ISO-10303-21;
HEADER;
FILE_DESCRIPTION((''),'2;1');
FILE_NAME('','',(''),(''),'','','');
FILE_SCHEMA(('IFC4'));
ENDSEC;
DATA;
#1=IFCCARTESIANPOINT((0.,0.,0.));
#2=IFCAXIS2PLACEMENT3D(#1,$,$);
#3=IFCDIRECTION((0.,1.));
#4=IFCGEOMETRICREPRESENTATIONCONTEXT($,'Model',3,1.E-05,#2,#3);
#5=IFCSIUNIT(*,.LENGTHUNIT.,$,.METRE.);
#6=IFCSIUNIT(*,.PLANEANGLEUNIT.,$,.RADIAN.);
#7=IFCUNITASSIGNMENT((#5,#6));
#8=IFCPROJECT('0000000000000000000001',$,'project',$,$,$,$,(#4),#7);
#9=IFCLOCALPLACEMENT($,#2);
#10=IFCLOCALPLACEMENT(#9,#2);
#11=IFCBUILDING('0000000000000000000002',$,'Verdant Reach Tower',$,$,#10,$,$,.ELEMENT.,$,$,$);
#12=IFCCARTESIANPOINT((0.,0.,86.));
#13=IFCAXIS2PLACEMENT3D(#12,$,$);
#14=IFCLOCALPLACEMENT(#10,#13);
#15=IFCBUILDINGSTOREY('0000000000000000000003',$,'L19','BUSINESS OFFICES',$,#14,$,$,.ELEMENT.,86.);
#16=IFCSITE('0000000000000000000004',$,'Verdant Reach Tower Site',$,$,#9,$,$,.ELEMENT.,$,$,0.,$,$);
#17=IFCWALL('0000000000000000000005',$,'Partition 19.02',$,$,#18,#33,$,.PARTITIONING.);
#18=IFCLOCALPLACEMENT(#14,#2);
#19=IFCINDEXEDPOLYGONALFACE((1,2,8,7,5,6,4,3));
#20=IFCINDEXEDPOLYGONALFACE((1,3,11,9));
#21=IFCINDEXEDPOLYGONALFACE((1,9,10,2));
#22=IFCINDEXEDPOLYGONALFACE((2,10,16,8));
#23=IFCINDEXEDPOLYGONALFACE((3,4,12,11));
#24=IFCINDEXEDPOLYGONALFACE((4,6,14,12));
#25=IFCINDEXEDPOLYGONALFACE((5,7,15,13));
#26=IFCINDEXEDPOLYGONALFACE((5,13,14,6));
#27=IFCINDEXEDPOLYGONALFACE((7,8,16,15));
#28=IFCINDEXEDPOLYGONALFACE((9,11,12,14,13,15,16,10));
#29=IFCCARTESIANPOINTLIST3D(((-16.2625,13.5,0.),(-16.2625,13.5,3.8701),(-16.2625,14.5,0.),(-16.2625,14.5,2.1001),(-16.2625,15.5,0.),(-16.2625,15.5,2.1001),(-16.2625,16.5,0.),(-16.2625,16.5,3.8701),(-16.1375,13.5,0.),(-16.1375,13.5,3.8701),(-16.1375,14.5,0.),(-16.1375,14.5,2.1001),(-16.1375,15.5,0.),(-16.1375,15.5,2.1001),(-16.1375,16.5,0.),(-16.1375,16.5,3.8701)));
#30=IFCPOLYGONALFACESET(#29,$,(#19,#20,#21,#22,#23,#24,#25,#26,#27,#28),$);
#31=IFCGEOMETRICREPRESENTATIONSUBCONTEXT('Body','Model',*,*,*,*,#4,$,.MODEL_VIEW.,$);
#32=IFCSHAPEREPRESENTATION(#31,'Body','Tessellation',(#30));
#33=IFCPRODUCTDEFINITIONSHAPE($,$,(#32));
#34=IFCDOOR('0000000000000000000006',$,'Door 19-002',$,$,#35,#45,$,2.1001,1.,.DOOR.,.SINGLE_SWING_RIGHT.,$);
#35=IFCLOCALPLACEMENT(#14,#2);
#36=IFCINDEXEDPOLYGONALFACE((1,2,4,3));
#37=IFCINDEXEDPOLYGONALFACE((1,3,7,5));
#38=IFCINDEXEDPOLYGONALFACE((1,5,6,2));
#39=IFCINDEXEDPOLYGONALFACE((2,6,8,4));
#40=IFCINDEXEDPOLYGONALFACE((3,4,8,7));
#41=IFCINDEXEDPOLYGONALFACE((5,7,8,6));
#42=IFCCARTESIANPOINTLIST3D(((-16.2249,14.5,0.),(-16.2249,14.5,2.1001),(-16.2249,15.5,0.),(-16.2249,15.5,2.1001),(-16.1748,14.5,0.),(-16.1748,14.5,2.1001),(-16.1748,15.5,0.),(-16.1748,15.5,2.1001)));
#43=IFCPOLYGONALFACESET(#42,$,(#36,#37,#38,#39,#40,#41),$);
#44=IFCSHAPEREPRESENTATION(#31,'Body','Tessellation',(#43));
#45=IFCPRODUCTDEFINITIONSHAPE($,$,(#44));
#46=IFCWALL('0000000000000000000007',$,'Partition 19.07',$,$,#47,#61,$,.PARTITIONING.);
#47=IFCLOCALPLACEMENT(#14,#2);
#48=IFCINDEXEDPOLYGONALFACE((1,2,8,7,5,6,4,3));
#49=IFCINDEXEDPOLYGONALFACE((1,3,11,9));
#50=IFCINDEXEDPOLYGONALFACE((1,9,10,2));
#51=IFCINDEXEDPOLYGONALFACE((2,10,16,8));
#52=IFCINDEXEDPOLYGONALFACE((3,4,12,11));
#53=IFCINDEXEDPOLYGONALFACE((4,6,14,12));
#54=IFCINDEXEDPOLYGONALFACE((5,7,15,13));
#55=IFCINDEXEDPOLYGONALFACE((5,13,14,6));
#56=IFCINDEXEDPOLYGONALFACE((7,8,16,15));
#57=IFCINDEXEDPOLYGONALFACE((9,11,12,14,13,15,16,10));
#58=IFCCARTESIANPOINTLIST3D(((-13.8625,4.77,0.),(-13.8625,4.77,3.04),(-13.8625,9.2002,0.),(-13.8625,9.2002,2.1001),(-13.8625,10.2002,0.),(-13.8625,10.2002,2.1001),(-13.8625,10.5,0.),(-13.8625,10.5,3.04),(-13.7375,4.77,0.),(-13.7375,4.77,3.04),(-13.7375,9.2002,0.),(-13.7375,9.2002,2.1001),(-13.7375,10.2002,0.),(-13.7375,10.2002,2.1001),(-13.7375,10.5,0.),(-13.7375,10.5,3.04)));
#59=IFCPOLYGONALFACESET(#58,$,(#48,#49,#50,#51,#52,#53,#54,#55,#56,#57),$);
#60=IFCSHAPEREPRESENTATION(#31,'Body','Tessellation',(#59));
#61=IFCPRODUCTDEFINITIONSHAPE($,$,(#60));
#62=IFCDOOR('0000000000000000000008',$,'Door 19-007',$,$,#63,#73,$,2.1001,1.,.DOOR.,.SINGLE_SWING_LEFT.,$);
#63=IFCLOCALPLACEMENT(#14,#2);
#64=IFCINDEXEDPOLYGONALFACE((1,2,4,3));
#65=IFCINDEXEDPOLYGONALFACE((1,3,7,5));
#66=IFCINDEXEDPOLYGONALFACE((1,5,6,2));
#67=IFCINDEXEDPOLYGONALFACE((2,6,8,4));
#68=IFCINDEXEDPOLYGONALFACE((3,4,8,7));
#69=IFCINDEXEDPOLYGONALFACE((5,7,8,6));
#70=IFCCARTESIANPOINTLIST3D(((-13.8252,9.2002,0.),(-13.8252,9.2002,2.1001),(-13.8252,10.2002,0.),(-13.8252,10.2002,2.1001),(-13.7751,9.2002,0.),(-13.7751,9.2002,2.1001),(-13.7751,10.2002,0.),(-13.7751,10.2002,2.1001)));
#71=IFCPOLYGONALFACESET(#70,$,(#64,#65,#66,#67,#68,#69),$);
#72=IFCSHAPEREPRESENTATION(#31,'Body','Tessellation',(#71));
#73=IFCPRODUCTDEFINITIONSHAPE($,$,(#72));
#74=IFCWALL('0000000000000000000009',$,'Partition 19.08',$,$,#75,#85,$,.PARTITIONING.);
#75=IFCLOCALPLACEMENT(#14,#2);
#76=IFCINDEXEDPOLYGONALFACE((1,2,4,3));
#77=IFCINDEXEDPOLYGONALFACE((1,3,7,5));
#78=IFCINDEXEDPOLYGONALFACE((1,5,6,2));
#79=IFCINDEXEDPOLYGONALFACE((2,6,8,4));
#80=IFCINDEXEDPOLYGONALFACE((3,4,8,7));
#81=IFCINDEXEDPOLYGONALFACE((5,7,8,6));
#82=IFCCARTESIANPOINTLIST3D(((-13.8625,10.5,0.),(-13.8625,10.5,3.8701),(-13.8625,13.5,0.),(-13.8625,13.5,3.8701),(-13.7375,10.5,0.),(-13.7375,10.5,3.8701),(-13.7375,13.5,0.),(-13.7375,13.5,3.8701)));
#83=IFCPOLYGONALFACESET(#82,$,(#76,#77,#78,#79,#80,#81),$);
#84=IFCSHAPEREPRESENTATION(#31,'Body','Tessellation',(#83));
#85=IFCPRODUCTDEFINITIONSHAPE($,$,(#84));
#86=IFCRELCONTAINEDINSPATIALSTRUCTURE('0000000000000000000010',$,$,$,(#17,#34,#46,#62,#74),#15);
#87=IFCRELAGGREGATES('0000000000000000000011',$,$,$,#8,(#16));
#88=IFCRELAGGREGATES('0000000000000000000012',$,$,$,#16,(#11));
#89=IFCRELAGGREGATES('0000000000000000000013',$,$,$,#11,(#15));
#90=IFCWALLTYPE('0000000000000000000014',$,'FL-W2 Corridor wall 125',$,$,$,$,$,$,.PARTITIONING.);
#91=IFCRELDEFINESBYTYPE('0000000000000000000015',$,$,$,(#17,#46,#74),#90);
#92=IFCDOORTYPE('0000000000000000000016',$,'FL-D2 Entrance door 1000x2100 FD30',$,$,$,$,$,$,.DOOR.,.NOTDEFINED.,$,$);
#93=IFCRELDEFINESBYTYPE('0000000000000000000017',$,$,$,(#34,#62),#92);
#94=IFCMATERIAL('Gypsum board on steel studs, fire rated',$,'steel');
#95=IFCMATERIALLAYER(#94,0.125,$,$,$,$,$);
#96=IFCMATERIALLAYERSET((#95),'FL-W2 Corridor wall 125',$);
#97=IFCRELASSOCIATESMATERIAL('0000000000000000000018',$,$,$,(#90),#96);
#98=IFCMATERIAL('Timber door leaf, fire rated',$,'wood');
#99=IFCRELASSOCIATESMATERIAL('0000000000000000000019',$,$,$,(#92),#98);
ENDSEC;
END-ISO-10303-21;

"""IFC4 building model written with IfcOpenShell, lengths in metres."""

from ifc_helpers import new_model, si_unit, direction, frame, frame_2d, origin, place, context, subcontext, project, spatial, rectangle, extrude, material, layer, layer_set, type_object, element, fill, save


model = new_model("IFC4")

# Units and contexts
model_context = context("Model", 3, precision=1e-05, world=origin(), true_north=direction((0.0, 1.0)))
body_context = subcontext(model_context, "Body", "Model", "MODEL_VIEW")
ifc_project = project(units=[si_unit("LENGTHUNIT", "METRE"), si_unit("PLANEANGLEUNIT", "RADIAN")], contexts=[model_context])

# Site, building, storey
site_placement = place(None, origin())
site = spatial("IfcSite", under=ifc_project, at=site_placement, Name="Verdant Reach Tower Site", CompositionType="ELEMENT", RefElevation=0.0)
building_placement = place(site_placement, origin())
building = spatial("IfcBuilding", under=site, at=building_placement, Name="Verdant Reach Tower", CompositionType="ELEMENT")
storey_placement = place(building_placement, frame((0.0, 0.0, 86.0)))
storey = spatial("IfcBuildingStorey", under=building, at=storey_placement, Name="L19", Description="BUSINESS OFFICES", CompositionType="ELEMENT", Elevation=86.0)

# Walls, openings, doors
ifc_material_1 = material(Name="Gypsum board on steel studs, fire rated", Category="steel")
ifc_layer_1 = layer(ifc_material_1, 0.125)
ifc_layer_set_1 = layer_set([ifc_layer_1], Name="FL-W2 Corridor wall 125")
wall_type_1 = type_object("IfcWallType", Name="FL-W2 Corridor wall 125", PredefinedType="PARTITIONING", material=ifc_layer_set_1)
ifc_material_2 = material(Name="Timber door leaf, fire rated", Category="wood")
door_type_1 = type_object("IfcDoorType", Name="FL-D2 Entrance door 1000x2100 FD30", OperationType="NOTDEFINED", PredefinedType="DOOR", material=ifc_material_2)
wall_1_placement = place(storey_placement, frame((-16.2, 13.5, 0.0), z_axis=(0.0, 0.0, 1.0), x_axis=(0.0, 1.0, 0.0)))
wall_1 = element("IfcWall", 1, at=wall_1_placement, inside=storey, type_object=wall_type_1, Name="Partition 19.02", PredefinedType="PARTITIONING", context=body_context, shape_type="SweptSolid", body=[
    extrude(rectangle(XDim=3.0, YDim=0.125, at=frame_2d((1.5, 0.0))), origin(), (0.0, 0.0, 1.0), 3.8701),
])
opening_1_placement = place(wall_1_placement, frame((1.0, 0.0, 0.0)))
opening_1 = element("IfcOpeningElement", 2, at=opening_1_placement, cuts=wall_1, PredefinedType="OPENING", context=body_context, shape_type="SweptSolid", body=[
    extrude(rectangle(XDim=1.0, YDim=2.1001, at=frame_2d((0.5, 1.05))), frame((0.0, 0.0725, 0.0), z_axis=(0.0, -1.0, 0.0), x_axis=(1.0, 0.0, 0.0)), (0.0, 0.0, 1.0), 0.145),
])
door_1_placement = place(opening_1_placement, origin())
door_1 = element("IfcDoor", 3, at=door_1_placement, inside=storey, type_object=door_type_1, Name="Door 19-002", OperationType="SINGLE_SWING_RIGHT", OverallHeight=2.1001, OverallWidth=1.0, PredefinedType="DOOR", context=body_context, shape_type="SweptSolid", body=[
    extrude(rectangle(XDim=1.0, YDim=2.1001, at=frame_2d((0.5, 1.05))), frame((0.0, 0.0249, 0.0), z_axis=(0.0, -1.0, 0.0), x_axis=(1.0, 0.0, 0.0)), (0.0, 0.0, 1.0), 0.05),
])
fill(opening_1, door_1)
wall_2_placement = place(storey_placement, frame((-13.8, 10.5, 0.0), z_axis=(0.0, 0.0, 1.0), x_axis=(0.0, -1.0, 0.0)))
wall_2 = element("IfcWall", 4, at=wall_2_placement, inside=storey, type_object=wall_type_1, Name="Partition 19.07", PredefinedType="PARTITIONING", context=body_context, shape_type="SweptSolid", body=[
    extrude(rectangle(XDim=5.73, YDim=0.125, at=frame_2d((2.865, 0.0))), origin(), (0.0, 0.0, 1.0), 3.04),
])
opening_2_placement = place(wall_2_placement, frame((0.2998, 0.0, 0.0)))
opening_2 = element("IfcOpeningElement", 5, at=opening_2_placement, cuts=wall_2, PredefinedType="OPENING", context=body_context, shape_type="SweptSolid", body=[
    extrude(rectangle(XDim=1.0, YDim=2.1001, at=frame_2d((0.5, 1.05))), frame((0.0, 0.0725, 0.0), z_axis=(0.0, -1.0, 0.0), x_axis=(1.0, 0.0, 0.0)), (0.0, 0.0, 1.0), 0.145),
])
door_2_placement = place(opening_2_placement, origin())
door_2 = element("IfcDoor", 6, at=door_2_placement, inside=storey, type_object=door_type_1, Name="Door 19-007", OperationType="SINGLE_SWING_LEFT", OverallHeight=2.1001, OverallWidth=1.0, PredefinedType="DOOR", context=body_context, shape_type="SweptSolid", body=[
    extrude(rectangle(XDim=1.0, YDim=2.1001, at=frame_2d((0.5, 1.05))), frame((0.0, 0.0249, 0.0), z_axis=(0.0, -1.0, 0.0), x_axis=(1.0, 0.0, 0.0)), (0.0, 0.0, 1.0), 0.05),
])
fill(opening_2, door_2)

# Wall
wall_3_placement = place(storey_placement, frame((-13.8, 10.5, 0.0), z_axis=(0.0, 0.0, 1.0), x_axis=(0.0, 1.0, 0.0)))
element("IfcWall", 7, at=wall_3_placement, inside=storey, type_object=wall_type_1, Name="Partition 19.08", PredefinedType="PARTITIONING", context=body_context, shape_type="SweptSolid", body=[
    extrude(rectangle(XDim=3.0, YDim=0.125, at=frame_2d((1.5, 0.0))), origin(), (0.0, 0.0, 1.0), 3.8701),
])

save(model, "model.ifc")
